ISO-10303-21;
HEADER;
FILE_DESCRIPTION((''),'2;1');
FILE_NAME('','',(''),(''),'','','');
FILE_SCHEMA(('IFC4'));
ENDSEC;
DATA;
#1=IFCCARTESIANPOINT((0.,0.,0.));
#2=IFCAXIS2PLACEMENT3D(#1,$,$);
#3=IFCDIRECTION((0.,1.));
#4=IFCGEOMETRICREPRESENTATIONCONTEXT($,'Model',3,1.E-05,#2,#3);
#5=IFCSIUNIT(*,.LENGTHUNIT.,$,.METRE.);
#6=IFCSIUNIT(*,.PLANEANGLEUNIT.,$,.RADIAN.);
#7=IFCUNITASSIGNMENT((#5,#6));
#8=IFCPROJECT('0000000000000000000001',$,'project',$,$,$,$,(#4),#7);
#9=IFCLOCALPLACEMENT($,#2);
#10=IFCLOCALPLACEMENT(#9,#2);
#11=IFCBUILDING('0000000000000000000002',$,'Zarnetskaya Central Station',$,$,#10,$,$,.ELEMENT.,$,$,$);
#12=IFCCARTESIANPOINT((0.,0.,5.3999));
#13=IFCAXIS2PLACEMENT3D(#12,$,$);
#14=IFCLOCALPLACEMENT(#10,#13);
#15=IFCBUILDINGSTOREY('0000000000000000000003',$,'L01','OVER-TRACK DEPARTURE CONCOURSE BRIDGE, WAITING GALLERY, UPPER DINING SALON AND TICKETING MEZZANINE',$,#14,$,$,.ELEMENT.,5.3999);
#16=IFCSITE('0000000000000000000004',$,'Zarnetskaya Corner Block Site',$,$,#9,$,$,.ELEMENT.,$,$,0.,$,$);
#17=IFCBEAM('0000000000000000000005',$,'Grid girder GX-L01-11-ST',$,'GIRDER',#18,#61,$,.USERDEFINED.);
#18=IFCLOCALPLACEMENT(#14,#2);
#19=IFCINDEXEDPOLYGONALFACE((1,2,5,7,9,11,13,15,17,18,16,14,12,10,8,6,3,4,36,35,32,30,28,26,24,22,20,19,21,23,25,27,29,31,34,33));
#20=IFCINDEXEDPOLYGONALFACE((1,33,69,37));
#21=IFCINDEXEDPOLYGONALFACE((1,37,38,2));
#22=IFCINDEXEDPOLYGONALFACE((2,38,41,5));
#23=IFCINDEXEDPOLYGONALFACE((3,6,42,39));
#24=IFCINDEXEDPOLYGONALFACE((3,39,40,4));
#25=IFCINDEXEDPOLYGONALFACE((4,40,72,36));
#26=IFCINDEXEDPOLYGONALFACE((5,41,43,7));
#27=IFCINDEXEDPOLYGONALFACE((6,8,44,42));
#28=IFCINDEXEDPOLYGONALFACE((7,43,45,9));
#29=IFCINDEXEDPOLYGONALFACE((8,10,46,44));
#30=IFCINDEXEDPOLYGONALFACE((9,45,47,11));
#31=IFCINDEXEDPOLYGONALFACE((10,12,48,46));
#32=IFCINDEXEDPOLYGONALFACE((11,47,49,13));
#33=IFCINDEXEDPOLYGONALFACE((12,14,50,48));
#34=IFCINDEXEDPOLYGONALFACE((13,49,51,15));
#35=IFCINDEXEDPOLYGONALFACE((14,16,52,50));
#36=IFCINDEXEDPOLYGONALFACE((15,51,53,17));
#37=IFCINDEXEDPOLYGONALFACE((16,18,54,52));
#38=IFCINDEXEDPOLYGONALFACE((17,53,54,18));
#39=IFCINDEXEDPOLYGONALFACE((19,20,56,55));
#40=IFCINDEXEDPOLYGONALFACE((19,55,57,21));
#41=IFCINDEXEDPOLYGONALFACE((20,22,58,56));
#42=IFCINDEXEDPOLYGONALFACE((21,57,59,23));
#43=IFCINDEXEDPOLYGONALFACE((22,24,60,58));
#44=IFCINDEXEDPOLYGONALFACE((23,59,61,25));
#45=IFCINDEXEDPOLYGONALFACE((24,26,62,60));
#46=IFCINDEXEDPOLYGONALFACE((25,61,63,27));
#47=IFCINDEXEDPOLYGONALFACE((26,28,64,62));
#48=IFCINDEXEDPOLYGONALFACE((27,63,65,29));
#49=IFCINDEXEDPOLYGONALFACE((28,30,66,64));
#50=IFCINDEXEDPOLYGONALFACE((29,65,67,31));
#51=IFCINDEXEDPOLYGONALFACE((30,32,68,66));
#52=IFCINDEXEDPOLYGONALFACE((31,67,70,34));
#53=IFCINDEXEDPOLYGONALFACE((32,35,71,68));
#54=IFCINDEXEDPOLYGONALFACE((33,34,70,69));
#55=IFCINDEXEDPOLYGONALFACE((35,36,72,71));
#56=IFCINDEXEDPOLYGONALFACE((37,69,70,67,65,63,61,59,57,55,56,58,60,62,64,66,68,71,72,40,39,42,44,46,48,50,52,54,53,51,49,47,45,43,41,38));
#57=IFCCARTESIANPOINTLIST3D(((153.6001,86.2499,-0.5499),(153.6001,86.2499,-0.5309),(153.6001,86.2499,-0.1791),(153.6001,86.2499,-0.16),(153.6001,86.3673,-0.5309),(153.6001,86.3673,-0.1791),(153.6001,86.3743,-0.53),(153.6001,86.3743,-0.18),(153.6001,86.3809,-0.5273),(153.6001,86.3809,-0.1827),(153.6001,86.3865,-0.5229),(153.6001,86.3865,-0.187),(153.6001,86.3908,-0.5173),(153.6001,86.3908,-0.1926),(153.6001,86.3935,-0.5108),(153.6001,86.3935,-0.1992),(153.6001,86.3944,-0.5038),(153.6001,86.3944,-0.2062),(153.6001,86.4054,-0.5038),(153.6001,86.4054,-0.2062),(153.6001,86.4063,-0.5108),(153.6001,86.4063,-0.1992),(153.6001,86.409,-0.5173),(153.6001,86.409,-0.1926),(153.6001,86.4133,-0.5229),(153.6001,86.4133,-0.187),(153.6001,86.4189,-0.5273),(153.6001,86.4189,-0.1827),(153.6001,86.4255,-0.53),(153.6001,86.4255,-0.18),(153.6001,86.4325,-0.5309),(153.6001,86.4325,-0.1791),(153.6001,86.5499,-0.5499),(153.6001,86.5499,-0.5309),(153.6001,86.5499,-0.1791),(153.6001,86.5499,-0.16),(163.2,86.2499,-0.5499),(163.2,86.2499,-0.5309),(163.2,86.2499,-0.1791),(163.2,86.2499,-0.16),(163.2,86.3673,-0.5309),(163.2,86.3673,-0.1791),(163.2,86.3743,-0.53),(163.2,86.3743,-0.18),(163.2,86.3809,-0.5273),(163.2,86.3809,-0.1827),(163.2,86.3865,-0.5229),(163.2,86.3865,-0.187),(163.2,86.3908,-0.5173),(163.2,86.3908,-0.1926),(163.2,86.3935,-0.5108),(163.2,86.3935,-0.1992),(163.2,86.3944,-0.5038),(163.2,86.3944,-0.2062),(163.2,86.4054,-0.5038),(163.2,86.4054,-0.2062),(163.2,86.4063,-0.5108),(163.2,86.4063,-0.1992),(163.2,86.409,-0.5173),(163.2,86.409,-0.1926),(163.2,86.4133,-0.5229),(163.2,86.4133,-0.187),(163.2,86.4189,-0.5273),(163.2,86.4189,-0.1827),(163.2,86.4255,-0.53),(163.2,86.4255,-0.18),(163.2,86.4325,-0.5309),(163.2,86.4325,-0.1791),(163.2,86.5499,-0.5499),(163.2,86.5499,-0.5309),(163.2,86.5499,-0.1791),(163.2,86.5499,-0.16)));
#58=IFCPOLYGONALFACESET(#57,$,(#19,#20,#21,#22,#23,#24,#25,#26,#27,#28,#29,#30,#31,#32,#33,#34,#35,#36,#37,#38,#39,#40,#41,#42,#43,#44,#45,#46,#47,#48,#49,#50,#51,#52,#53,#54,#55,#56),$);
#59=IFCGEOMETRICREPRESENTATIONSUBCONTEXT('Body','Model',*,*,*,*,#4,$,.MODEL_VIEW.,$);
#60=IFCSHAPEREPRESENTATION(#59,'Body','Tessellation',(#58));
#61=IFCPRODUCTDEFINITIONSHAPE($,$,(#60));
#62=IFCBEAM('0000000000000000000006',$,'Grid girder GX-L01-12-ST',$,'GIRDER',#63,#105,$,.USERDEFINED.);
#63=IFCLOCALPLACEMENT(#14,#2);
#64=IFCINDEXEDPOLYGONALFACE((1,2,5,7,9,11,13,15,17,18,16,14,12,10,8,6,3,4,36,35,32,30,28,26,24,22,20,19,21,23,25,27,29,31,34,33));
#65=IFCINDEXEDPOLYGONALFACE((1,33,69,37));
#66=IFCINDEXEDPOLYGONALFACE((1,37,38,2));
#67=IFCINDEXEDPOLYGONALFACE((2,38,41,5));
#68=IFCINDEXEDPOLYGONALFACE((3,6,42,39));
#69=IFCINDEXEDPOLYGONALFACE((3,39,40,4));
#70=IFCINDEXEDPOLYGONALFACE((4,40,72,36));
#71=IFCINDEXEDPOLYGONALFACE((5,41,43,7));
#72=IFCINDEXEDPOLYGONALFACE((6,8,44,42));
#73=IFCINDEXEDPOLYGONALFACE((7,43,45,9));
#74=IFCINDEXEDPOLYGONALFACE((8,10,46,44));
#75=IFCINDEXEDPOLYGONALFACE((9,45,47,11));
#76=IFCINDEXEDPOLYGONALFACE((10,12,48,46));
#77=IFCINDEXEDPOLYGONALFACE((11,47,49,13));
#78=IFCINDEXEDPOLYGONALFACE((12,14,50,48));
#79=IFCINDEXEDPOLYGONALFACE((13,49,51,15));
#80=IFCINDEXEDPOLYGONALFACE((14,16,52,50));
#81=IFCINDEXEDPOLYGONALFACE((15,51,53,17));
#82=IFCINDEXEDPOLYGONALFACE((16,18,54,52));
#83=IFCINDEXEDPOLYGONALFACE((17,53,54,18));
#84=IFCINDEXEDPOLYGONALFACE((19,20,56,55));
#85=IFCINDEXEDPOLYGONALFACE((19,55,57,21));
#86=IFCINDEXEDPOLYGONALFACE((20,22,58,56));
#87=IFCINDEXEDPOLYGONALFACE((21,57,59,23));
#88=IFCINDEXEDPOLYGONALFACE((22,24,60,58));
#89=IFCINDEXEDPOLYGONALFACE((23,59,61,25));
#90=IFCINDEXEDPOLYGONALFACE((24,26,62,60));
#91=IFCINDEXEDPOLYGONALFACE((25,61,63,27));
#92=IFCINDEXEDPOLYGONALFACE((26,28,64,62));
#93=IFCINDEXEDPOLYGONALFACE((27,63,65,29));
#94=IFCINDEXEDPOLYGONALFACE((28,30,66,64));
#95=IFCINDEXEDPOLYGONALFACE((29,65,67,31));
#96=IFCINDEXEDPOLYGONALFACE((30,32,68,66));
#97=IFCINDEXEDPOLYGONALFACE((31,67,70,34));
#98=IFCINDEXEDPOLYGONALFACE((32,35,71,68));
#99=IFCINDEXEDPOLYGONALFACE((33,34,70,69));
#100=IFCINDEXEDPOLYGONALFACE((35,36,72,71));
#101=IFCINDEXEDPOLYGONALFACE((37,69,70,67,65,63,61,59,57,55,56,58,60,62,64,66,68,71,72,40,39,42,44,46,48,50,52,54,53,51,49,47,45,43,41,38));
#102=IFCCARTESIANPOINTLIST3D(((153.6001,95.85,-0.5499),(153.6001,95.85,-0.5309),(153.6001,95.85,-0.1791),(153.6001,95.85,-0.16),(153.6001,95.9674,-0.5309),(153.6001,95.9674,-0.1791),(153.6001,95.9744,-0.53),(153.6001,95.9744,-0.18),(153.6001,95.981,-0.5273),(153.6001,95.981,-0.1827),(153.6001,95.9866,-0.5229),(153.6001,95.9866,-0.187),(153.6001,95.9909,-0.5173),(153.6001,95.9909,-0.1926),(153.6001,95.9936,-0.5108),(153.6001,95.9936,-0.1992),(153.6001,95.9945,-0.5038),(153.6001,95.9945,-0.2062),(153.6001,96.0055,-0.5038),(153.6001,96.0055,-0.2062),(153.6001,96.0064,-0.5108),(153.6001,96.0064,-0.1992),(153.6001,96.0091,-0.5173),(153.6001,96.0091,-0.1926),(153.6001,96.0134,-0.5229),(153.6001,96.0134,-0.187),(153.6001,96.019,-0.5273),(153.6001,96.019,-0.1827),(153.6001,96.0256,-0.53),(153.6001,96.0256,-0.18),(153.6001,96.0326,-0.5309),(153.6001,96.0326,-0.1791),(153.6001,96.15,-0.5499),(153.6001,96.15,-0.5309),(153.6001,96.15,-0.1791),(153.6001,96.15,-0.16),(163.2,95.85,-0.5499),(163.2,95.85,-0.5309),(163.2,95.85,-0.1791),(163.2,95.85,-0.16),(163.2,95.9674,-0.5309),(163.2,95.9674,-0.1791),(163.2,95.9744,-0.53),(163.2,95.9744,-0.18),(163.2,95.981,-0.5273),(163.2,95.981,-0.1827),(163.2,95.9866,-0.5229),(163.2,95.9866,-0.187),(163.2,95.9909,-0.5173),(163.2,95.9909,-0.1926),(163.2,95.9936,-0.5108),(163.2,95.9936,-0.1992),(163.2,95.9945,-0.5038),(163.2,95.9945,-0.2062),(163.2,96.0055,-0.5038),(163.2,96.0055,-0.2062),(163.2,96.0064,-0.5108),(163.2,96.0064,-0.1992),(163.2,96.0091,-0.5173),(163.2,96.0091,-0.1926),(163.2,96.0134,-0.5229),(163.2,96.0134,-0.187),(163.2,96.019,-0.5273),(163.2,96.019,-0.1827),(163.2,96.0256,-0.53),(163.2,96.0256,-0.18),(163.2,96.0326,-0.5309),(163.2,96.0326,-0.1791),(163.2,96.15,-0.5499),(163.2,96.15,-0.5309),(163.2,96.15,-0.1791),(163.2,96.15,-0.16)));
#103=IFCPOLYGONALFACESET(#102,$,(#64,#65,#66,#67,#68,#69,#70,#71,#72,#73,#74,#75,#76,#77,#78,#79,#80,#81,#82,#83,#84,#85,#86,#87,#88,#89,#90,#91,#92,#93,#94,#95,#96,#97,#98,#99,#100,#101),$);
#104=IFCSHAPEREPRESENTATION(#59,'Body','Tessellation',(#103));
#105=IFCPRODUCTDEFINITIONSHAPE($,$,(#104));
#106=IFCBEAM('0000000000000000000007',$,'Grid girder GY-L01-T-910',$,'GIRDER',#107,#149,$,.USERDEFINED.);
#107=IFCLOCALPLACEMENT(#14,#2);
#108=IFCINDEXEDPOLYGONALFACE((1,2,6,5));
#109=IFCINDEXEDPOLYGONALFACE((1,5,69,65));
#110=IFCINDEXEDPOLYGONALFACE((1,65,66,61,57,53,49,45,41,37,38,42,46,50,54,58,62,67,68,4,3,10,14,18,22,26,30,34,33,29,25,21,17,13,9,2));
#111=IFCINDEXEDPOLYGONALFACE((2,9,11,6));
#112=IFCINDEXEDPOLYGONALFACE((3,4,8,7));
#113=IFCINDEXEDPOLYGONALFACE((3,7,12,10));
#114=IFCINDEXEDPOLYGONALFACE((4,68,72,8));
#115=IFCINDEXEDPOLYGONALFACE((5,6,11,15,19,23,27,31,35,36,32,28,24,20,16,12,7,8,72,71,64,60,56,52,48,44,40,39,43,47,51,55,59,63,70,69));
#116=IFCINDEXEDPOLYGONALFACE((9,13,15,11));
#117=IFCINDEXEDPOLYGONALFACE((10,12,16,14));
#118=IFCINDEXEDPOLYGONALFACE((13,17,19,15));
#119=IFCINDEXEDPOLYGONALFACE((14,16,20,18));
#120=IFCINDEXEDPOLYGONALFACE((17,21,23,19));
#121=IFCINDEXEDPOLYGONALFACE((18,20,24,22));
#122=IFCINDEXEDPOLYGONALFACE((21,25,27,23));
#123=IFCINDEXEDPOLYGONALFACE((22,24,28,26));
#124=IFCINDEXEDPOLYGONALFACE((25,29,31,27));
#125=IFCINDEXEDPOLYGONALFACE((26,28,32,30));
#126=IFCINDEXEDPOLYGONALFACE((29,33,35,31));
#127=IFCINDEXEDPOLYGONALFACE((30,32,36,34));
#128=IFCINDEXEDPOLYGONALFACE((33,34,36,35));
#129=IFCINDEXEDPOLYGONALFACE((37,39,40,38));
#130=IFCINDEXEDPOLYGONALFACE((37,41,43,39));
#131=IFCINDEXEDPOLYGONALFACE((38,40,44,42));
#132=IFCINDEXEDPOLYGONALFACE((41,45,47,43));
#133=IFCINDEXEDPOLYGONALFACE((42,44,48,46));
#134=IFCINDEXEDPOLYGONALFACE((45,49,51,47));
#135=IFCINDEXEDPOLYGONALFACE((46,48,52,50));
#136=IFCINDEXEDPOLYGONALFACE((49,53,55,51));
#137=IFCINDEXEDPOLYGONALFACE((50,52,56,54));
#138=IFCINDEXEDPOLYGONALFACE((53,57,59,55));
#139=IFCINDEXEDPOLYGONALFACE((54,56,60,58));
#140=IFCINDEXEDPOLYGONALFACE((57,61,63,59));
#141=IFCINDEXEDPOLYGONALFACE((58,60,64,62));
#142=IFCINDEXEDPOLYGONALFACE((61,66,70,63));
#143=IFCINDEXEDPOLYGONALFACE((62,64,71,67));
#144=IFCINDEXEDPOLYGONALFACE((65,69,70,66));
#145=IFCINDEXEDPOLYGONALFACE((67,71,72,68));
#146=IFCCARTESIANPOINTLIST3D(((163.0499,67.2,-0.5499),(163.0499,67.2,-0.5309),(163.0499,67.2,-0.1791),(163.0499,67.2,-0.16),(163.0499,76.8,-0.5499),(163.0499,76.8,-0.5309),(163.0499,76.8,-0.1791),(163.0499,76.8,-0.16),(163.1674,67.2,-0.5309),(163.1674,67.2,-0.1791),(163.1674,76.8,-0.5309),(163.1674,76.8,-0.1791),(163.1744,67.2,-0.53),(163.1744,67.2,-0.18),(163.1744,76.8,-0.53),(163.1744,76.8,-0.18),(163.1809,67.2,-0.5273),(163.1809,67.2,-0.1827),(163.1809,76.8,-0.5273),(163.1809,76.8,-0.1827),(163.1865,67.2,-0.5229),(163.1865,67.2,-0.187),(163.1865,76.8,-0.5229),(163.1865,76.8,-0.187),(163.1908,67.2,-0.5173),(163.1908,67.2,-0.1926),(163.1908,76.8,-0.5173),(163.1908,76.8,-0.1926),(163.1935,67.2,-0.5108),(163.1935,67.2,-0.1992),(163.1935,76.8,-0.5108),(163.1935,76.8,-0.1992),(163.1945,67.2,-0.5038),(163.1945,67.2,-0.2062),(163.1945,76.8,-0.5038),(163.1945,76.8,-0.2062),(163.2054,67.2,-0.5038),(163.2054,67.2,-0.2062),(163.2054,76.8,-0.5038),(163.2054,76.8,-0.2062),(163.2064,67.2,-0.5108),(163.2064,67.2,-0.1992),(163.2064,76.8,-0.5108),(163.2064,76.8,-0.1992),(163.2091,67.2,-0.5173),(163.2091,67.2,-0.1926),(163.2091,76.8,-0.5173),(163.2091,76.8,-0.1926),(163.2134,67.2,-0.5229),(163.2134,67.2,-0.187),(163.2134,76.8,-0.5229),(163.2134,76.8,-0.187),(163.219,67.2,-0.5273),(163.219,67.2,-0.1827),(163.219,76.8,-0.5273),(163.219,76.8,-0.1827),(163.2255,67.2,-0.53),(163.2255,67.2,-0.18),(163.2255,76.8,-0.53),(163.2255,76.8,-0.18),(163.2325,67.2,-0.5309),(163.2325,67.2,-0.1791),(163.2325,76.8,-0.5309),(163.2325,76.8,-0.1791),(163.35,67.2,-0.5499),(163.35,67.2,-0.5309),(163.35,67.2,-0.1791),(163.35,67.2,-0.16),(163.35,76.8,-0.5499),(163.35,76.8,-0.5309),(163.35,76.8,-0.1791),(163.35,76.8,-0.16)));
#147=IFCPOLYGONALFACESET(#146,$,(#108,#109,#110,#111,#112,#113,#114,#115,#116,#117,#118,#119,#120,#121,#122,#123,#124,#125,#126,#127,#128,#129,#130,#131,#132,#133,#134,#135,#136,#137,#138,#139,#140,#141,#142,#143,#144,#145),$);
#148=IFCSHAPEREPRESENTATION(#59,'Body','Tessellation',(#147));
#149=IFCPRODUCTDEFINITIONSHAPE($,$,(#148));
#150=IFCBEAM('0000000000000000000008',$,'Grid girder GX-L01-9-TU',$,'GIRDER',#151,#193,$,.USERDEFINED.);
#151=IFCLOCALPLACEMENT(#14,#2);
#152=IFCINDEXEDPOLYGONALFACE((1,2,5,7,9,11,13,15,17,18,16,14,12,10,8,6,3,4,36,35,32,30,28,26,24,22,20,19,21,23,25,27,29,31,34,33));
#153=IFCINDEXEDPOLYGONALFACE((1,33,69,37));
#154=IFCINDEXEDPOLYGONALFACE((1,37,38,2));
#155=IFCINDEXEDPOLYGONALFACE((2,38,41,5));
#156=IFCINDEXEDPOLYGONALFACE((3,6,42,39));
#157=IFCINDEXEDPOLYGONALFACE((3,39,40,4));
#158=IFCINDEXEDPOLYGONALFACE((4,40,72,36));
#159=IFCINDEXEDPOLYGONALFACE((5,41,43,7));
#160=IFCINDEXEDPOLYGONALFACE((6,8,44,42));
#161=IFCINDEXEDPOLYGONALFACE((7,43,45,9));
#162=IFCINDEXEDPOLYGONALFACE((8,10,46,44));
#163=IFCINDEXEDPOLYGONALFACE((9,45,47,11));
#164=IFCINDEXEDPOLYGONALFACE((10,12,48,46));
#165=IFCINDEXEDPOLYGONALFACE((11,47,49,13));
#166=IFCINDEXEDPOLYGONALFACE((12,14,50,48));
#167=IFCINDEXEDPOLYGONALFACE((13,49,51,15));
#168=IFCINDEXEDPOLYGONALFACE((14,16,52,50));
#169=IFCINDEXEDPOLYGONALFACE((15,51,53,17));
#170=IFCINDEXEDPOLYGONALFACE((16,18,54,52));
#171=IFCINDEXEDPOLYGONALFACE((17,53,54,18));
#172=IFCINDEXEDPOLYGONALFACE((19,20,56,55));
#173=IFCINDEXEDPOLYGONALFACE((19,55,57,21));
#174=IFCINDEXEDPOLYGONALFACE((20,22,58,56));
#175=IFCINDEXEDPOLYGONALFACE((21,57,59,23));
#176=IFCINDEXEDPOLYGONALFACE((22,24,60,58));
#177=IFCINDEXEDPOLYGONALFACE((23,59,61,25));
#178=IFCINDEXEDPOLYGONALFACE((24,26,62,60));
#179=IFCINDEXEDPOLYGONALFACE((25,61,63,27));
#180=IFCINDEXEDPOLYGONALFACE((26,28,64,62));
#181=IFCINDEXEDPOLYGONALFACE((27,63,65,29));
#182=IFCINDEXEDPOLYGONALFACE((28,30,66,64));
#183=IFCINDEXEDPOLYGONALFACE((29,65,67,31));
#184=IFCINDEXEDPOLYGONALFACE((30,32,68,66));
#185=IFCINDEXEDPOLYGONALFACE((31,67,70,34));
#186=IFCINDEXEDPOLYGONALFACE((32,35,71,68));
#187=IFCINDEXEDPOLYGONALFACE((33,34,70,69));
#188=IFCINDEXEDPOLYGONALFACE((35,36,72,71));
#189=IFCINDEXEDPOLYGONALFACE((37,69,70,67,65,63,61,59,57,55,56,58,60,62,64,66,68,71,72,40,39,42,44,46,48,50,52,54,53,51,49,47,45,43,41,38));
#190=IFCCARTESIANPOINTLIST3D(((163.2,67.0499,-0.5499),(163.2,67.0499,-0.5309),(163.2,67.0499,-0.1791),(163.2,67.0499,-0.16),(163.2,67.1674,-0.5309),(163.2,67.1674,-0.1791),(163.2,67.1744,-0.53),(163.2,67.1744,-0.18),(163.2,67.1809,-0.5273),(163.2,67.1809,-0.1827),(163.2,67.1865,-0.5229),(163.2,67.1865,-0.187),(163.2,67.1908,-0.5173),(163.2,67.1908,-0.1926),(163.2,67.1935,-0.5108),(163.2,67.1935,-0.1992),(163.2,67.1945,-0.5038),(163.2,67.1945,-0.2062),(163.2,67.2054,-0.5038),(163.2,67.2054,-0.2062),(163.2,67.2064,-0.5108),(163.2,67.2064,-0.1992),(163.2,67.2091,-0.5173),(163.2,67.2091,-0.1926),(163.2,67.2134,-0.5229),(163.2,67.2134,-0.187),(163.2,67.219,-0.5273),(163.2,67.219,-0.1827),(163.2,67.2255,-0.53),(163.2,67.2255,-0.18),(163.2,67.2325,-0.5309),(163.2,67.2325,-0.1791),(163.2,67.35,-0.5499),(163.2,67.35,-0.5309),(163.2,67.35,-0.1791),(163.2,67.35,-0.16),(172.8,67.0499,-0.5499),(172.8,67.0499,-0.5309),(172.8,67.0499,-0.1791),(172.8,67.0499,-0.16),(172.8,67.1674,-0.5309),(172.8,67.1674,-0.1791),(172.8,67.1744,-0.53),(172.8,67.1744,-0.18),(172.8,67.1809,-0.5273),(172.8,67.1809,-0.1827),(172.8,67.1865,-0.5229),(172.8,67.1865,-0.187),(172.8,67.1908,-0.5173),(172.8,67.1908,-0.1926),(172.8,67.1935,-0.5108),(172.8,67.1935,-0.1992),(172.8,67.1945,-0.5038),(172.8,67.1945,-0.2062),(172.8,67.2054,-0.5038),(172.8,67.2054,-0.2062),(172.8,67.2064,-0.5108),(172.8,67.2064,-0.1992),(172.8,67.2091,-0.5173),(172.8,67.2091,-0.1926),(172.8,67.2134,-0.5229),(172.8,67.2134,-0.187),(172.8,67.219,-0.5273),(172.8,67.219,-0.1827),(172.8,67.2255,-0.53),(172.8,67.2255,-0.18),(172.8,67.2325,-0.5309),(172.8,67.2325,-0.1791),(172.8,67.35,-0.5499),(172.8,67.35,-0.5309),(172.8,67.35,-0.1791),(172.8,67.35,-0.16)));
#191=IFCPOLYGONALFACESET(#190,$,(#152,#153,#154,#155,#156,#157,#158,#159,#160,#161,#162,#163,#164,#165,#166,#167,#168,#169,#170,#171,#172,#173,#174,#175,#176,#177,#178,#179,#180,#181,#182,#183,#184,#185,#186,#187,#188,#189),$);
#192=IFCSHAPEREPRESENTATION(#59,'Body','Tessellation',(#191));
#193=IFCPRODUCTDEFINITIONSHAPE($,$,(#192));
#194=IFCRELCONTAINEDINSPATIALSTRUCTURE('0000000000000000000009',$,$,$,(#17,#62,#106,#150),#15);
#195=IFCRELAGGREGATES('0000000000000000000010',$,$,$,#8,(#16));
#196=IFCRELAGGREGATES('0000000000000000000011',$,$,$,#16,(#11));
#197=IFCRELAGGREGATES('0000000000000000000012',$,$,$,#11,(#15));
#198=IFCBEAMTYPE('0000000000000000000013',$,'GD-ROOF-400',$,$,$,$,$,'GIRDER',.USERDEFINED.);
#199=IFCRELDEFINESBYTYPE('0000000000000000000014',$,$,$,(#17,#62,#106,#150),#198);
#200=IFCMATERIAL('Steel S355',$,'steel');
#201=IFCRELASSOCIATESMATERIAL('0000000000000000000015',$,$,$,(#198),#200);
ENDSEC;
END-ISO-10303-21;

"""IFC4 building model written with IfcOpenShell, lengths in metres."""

from ifc_helpers import new_model, si_unit, direction, frame, origin, origin_2d, place, context, subcontext, project, spatial, i_section, extrude, material, material_profile, profile_set, type_object, element, save


model = new_model("IFC4")

# Units and contexts
model_context = context("Model", 3, precision=1e-05, world=origin(), true_north=direction((0.0, 1.0)))
body_context = subcontext(model_context, "Body", "Model", "MODEL_VIEW")
ifc_project = project(units=[si_unit("LENGTHUNIT", "METRE"), si_unit("PLANEANGLEUNIT", "RADIAN")], contexts=[model_context])

# Site, building, storey
site_placement = place(None, origin())
site = spatial("IfcSite", under=ifc_project, at=site_placement, Name="Zarnetskaya Corner Block Site", CompositionType="ELEMENT", RefElevation=0.0)
building_placement = place(site_placement, origin())
building = spatial("IfcBuilding", under=site, at=building_placement, Name="Zarnetskaya Central Station", CompositionType="ELEMENT")
storey_placement = place(building_placement, frame((0.0, 0.0, 5.3999)))
storey = spatial("IfcBuildingStorey", under=building, at=storey_placement, Name="L01", Description="OVER-TRACK DEPARTURE CONCOURSE BRIDGE, WAITING GALLERY, UPPER DINING SALON AND TICKETING MEZZANINE", CompositionType="ELEMENT", Elevation=5.3999)

# Beams
ifc_material = material(Name="Steel S355", Category="steel")
ifc_material_profile_1 = material_profile(ifc_material, i_section(OverallWidth=0.3, OverallDepth=0.3899, WebThickness=0.011, FlangeThickness=0.019, FilletRadius=0.0271, at=origin_2d()), Name="HEA 400")
ifc_profile_set_1 = profile_set([ifc_material_profile_1], Name="Steel S355")
beam_type_1 = type_object("IfcBeamType", Name="GD-ROOF-400", ElementType="GIRDER", PredefinedType="USERDEFINED", material=ifc_profile_set_1)
for number, where, z_axis, x_axis, name in (
    (1, (153.6001, 86.3999, -0.355), (1.0, 0.0, 0.0), (0.0, 1.0, 0.0), "Grid girder GX-L01-11-ST"),
    (2, (153.6001, 96.0, -0.355), (1.0, 0.0, 0.0), (0.0, 1.0, 0.0), "Grid girder GX-L01-12-ST"),
):
    element("IfcBeam", number, at=place(storey_placement, frame(where, z_axis=z_axis, x_axis=x_axis)), inside=storey, type_object=beam_type_1, Name=name, ObjectType="GIRDER", PredefinedType="USERDEFINED", context=body_context, shape_type="SweptSolid", body=[
        extrude(i_section(OverallWidth=0.3, OverallDepth=0.3899, WebThickness=0.011, FlangeThickness=0.019, FilletRadius=0.0271, at=origin_2d()), origin(), (0.0, 0.0, 1.0), 9.5999),
    ])
for number, where, z_axis, x_axis, name in (
    (3, (163.2, 67.2, -0.355), (0.0, 1.0, 0.0), (-1.0, 0.0, 0.0), "Grid girder GY-L01-T-910"),
    (4, (163.2, 67.2, -0.355), (1.0, 0.0, 0.0), (0.0, 1.0, 0.0), "Grid girder GX-L01-9-TU"),
):
    element("IfcBeam", number, at=place(storey_placement, frame(where, z_axis=z_axis, x_axis=x_axis)), inside=storey, type_object=beam_type_1, Name=name, ObjectType="GIRDER", PredefinedType="USERDEFINED", context=body_context, shape_type="SweptSolid", body=[
        extrude(i_section(OverallWidth=0.3, OverallDepth=0.3899, WebThickness=0.011, FlangeThickness=0.019, FilletRadius=0.0271, at=origin_2d()), origin(), (0.0, 0.0, 1.0), 9.6001),
    ])

save(model, "model.ifc")
